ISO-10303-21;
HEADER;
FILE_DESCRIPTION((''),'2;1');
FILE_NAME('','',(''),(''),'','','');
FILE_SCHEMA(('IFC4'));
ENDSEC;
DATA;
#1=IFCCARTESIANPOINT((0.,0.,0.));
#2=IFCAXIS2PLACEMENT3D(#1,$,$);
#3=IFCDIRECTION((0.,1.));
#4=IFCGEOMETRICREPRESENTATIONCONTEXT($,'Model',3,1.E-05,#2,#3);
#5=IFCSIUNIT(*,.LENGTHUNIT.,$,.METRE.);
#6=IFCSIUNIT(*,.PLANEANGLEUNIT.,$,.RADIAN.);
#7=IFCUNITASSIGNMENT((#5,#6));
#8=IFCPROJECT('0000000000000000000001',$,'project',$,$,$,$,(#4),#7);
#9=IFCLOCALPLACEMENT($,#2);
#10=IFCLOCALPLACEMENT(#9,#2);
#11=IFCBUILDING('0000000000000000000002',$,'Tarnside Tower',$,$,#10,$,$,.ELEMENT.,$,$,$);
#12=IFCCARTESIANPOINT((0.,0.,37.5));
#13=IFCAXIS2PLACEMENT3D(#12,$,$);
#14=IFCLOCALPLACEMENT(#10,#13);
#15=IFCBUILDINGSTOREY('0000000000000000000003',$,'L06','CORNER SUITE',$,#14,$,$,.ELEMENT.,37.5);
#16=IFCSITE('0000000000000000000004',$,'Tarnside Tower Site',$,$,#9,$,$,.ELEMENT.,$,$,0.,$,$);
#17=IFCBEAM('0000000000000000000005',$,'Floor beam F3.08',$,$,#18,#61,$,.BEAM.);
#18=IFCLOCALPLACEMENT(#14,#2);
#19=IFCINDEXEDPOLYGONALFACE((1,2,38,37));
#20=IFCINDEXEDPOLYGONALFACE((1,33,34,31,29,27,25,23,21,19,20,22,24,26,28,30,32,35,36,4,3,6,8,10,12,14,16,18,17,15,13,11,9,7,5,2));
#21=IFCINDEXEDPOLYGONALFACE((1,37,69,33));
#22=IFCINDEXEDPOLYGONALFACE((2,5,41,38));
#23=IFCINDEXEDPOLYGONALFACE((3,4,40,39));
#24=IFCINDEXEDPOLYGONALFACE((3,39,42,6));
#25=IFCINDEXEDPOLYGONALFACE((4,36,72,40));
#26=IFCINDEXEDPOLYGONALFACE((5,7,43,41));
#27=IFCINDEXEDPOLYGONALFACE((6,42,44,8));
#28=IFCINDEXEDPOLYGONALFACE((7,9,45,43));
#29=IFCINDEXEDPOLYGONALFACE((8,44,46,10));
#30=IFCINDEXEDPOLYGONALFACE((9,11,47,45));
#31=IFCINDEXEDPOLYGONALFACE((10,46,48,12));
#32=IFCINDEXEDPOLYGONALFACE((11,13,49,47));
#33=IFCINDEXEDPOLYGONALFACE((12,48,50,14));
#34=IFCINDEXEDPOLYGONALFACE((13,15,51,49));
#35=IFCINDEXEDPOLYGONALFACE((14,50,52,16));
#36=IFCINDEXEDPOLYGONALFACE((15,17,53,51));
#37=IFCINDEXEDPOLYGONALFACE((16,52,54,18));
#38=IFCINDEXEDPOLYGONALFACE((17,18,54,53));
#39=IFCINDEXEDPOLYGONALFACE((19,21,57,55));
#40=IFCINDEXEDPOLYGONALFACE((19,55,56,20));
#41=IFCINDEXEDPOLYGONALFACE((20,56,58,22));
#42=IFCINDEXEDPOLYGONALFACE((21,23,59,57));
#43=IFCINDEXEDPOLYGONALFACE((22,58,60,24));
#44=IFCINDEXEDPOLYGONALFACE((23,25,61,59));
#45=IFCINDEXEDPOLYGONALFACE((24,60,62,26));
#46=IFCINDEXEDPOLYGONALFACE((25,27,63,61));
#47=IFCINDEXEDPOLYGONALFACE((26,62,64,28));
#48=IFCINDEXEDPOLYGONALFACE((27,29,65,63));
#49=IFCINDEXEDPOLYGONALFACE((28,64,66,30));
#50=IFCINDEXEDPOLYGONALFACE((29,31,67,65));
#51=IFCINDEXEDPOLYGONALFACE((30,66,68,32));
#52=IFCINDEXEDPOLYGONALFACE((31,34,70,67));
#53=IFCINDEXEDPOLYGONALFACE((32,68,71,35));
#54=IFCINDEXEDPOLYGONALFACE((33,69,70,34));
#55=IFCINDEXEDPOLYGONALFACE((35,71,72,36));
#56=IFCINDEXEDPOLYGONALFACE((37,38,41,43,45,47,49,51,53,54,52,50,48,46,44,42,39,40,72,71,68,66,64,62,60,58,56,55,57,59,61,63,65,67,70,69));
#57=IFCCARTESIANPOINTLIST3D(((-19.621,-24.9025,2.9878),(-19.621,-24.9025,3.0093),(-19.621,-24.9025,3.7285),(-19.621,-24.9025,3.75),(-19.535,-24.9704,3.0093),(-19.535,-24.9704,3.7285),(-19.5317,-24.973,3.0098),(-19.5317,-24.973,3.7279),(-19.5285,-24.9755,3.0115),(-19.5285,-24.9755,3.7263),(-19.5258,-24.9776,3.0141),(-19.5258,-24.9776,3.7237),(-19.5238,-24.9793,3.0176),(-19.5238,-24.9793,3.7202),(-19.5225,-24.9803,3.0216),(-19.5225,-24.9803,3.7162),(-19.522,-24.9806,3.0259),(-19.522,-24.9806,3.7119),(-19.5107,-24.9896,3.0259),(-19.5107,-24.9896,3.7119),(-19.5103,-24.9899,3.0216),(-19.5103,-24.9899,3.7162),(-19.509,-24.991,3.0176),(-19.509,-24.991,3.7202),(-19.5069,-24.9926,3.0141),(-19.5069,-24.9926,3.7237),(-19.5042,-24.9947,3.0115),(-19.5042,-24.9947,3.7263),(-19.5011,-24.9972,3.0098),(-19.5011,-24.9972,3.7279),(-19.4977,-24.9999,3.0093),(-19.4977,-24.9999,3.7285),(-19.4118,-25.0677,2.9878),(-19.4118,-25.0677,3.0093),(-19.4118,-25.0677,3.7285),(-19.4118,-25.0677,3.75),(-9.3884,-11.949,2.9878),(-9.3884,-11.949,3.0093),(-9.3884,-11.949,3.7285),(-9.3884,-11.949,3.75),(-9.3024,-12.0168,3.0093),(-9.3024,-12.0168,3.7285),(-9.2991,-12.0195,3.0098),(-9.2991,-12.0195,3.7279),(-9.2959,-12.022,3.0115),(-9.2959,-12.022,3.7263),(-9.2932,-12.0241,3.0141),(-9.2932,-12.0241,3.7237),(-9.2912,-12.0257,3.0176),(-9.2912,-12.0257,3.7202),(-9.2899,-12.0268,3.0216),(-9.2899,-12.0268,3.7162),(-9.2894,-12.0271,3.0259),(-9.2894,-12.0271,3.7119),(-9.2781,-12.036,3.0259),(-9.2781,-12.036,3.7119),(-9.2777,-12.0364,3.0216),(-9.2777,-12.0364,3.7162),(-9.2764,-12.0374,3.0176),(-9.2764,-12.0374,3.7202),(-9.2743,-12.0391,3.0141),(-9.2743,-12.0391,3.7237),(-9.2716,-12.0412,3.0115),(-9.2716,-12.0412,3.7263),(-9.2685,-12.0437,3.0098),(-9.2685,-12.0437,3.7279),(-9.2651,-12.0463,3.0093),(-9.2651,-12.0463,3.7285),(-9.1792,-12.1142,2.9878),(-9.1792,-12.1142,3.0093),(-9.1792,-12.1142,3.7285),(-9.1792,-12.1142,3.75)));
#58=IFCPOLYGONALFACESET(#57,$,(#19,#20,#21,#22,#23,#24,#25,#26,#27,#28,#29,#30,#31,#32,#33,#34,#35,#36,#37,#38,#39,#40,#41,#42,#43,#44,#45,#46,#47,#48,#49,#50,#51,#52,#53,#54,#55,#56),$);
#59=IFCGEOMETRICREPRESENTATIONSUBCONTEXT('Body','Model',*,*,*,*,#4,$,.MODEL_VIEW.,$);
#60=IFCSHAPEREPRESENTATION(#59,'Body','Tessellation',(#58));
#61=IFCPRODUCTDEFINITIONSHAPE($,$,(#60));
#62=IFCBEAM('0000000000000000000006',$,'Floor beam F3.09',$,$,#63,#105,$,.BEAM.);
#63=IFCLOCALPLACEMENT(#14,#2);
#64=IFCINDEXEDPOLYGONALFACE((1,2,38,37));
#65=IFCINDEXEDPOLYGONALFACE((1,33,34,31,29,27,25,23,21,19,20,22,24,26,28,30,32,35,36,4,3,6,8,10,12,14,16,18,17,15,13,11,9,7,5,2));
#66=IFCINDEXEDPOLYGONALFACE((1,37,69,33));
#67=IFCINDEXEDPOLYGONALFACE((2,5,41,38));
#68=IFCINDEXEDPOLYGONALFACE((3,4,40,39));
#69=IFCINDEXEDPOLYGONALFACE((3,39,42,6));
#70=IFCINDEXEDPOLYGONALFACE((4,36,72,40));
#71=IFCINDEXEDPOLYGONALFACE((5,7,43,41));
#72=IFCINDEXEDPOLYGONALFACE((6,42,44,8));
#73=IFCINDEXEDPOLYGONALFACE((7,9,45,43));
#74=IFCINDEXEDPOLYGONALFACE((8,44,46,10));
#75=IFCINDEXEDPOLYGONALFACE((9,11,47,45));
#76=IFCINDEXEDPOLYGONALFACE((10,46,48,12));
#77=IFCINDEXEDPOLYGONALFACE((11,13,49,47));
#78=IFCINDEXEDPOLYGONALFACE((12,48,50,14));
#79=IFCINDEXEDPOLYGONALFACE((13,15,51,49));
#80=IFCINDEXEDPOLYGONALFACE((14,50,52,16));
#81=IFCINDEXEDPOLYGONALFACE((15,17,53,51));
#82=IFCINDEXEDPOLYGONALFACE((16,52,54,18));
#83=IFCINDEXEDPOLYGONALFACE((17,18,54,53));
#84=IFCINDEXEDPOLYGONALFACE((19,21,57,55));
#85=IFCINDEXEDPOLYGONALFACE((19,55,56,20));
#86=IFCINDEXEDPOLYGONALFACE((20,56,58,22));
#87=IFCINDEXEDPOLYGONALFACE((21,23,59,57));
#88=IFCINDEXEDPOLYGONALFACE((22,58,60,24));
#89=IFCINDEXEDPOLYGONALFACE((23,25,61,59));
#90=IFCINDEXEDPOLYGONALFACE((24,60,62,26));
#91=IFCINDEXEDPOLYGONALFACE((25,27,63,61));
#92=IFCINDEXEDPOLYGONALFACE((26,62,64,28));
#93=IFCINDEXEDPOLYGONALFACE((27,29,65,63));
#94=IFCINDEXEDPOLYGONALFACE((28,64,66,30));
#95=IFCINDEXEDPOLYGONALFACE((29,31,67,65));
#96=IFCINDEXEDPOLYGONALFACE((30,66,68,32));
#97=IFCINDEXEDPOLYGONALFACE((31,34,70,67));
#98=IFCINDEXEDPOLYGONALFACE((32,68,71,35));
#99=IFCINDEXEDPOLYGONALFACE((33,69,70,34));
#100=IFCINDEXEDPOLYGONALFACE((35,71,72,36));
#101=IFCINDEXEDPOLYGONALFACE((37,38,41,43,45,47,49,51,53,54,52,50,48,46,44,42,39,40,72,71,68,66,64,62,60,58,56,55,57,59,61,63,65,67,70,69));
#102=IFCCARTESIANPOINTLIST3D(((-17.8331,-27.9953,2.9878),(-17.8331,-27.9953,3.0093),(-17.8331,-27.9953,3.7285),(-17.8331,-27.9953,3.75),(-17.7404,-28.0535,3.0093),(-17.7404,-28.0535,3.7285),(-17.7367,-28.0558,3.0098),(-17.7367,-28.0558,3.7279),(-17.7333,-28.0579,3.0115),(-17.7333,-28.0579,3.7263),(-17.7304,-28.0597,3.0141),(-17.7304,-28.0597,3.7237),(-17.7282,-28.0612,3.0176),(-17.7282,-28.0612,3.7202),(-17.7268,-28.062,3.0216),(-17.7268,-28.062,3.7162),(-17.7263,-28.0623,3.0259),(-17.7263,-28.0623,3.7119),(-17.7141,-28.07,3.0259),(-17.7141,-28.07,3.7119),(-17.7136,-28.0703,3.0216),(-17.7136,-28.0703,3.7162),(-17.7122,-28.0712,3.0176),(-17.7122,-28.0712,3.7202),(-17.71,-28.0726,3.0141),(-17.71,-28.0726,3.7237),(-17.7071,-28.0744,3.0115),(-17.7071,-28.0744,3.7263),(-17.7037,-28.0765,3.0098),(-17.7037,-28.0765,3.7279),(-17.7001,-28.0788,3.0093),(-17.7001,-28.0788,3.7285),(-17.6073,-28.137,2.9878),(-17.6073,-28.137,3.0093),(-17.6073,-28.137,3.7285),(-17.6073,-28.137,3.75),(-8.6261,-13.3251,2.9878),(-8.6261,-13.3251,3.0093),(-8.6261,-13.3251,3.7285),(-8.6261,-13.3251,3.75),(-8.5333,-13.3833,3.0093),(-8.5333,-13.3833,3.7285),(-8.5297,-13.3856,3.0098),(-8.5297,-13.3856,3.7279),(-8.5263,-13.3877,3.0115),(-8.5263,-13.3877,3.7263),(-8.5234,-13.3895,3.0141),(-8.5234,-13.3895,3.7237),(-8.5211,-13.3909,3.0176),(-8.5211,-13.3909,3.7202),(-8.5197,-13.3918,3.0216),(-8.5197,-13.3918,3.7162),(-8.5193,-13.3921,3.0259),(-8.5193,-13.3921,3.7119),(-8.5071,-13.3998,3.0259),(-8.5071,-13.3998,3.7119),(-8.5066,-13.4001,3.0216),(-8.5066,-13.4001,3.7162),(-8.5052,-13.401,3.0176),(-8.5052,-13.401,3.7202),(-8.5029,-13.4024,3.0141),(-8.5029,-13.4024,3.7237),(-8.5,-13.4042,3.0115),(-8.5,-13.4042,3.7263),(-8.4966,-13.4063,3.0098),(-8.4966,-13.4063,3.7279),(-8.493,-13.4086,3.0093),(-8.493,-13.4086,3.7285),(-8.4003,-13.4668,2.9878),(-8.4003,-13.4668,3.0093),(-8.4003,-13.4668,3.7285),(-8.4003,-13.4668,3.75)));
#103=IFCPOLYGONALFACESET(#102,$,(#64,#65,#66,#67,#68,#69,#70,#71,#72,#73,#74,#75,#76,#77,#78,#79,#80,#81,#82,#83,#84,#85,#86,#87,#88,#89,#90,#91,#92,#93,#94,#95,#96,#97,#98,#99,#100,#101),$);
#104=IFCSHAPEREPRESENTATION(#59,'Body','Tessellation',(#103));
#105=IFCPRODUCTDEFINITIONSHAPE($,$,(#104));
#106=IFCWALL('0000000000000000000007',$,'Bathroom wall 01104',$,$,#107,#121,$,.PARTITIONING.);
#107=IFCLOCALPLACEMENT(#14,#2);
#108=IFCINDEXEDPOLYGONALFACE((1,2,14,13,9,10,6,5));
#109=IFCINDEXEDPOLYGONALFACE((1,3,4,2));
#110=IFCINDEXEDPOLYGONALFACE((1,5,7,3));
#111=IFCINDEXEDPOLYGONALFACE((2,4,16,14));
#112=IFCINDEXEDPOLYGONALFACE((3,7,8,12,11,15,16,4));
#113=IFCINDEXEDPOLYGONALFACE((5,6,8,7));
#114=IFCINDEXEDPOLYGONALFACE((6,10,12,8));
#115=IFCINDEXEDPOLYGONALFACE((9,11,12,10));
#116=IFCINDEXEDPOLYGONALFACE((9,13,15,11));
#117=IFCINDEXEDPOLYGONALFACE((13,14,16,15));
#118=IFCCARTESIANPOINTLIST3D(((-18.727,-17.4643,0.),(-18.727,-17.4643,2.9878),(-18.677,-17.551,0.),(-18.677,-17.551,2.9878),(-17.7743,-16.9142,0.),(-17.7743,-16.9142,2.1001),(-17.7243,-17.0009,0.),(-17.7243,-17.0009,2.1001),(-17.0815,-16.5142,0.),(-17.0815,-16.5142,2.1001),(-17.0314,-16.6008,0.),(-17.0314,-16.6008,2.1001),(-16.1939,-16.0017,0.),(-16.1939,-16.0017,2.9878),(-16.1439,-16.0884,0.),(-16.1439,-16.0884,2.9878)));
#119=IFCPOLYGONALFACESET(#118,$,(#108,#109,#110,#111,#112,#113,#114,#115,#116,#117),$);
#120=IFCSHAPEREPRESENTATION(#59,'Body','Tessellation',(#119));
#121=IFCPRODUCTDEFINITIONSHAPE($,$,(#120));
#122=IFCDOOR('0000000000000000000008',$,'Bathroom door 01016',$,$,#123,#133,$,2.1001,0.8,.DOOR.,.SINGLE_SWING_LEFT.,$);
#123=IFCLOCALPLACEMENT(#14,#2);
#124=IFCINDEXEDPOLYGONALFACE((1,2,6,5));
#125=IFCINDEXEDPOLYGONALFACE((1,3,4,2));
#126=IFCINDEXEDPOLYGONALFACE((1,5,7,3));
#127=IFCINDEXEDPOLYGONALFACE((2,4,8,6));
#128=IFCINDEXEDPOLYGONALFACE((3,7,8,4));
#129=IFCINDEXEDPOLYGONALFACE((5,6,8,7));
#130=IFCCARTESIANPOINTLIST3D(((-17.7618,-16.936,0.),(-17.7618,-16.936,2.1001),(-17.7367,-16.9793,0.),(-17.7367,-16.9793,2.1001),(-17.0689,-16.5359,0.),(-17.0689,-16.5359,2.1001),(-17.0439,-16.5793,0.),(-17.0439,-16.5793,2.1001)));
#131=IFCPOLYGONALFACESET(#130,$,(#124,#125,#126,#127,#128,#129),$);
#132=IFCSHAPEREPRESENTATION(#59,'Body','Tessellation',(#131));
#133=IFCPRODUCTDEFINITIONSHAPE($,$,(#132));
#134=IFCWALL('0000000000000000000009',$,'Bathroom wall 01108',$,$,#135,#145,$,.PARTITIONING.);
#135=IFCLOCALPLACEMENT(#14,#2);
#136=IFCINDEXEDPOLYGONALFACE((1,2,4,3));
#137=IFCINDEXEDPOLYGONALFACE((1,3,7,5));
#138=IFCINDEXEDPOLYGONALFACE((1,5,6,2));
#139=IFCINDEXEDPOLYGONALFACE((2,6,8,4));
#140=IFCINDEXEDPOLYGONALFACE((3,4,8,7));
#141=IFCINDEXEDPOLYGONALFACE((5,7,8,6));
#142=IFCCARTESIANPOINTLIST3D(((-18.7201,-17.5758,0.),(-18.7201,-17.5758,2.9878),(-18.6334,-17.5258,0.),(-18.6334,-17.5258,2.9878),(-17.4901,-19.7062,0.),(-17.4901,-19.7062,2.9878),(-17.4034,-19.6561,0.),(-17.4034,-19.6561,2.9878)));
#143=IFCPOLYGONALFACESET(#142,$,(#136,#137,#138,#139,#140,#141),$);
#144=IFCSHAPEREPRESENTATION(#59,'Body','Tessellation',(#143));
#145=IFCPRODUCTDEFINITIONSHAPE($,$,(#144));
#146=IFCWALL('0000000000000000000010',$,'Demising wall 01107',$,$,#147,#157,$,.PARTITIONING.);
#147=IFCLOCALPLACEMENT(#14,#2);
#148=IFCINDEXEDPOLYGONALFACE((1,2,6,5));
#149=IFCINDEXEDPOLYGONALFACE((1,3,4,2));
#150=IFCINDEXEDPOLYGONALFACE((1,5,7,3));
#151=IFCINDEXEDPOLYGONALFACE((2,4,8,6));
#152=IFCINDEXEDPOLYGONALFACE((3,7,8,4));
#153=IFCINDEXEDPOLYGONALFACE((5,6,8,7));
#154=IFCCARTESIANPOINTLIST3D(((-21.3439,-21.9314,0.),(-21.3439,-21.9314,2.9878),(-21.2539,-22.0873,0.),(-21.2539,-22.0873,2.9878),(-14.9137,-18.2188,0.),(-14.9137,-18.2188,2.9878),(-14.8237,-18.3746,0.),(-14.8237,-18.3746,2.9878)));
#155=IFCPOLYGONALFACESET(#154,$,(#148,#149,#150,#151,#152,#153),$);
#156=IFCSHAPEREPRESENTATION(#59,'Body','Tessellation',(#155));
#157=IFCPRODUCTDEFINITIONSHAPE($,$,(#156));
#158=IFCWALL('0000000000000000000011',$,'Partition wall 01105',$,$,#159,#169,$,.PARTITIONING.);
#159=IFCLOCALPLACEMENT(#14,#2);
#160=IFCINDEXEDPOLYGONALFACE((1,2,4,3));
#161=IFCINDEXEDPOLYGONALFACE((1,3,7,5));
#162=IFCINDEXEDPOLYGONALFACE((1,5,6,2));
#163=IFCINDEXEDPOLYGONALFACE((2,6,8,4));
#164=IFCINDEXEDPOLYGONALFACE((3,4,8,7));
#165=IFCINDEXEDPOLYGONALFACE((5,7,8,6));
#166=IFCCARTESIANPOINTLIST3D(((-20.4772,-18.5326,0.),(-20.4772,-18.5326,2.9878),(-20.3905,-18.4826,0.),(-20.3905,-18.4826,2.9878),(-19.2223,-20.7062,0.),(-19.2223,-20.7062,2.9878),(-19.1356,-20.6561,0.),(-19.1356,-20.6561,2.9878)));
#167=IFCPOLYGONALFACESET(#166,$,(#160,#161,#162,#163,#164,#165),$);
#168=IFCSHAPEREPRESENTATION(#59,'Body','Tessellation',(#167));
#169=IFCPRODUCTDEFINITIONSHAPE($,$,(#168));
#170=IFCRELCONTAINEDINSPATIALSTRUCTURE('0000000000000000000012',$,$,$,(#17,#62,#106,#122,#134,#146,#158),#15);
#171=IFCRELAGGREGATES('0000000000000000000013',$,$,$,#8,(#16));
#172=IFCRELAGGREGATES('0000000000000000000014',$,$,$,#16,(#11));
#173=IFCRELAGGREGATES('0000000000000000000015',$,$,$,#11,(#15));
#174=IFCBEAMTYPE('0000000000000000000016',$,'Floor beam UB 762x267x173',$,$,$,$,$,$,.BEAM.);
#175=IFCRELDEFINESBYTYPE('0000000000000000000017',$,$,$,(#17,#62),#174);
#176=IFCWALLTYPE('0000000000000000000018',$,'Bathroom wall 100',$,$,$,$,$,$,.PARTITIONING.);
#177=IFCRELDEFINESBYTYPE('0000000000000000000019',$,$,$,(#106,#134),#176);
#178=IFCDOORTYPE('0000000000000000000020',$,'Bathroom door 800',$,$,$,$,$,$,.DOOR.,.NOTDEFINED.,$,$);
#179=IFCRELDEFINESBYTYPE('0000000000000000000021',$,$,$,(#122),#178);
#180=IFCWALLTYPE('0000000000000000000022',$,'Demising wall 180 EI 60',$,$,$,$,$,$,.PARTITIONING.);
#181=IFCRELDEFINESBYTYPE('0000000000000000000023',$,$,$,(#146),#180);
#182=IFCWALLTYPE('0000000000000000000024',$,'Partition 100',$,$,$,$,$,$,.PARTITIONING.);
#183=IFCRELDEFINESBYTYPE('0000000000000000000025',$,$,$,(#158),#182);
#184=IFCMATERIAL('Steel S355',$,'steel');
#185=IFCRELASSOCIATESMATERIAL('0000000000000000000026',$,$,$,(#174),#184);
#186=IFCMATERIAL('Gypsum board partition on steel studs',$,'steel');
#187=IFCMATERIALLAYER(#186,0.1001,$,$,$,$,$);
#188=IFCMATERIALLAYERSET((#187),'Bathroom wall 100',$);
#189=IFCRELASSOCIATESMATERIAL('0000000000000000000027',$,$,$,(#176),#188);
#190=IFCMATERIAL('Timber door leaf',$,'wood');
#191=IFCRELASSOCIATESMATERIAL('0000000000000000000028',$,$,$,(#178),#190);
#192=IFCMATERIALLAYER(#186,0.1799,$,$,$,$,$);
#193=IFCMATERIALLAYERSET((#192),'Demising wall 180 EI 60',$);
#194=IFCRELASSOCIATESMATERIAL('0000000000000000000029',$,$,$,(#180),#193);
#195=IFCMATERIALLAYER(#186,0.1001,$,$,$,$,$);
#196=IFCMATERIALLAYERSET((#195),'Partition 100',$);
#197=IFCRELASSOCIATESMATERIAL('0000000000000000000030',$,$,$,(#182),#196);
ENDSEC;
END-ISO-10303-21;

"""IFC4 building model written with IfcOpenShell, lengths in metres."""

from ifc_helpers import new_model, si_unit, direction, frame, frame_2d, origin, origin_2d, place, context, subcontext, project, spatial, rectangle, i_section, extrude, material, layer, layer_set, material_profile, profile_set, type_object, element, fill, save


model = new_model("IFC4")

# Units and contexts
model_context = context("Model", 3, precision=1e-05, world=origin(), true_north=direction((0.0, 1.0)))
body_context = subcontext(model_context, "Body", "Model", "MODEL_VIEW")
ifc_project = project(units=[si_unit("LENGTHUNIT", "METRE"), si_unit("PLANEANGLEUNIT", "RADIAN")], contexts=[model_context])

# Site, building, storey
site_placement = place(None, origin())
site = spatial("IfcSite", under=ifc_project, at=site_placement, Name="Tarnside Tower Site", CompositionType="ELEMENT", RefElevation=0.0)
building_placement = place(site_placement, origin())
building = spatial("IfcBuilding", under=site, at=building_placement, Name="Tarnside Tower", CompositionType="ELEMENT")
storey_placement = place(building_placement, frame((0.0, 0.0, 37.5)))
storey = spatial("IfcBuildingStorey", under=building, at=storey_placement, Name="L06", Description="CORNER SUITE", CompositionType="ELEMENT", Elevation=37.5)

# Beams
ifc_material_1 = material(Name="Steel S355", Category="steel")
ifc_material_profile_1 = material_profile(ifc_material_1, i_section(OverallWidth=0.2666, OverallDepth=0.7622, WebThickness=0.0144, FlangeThickness=0.0215, FilletRadius=0.0166, at=origin_2d()), Name="UB 762x267x173")
ifc_profile_set_1 = profile_set([ifc_material_profile_1], Name="Steel S355")
beam_type_1 = type_object("IfcBeamType", Name="Floor beam UB 762x267x173", PredefinedType="BEAM", material=ifc_profile_set_1)
beam_1_placement = place(storey_placement, frame((-19.5164, -24.9851, 3.3689), z_axis=(0.619873, 0.784702, 0.0), x_axis=(-0.784702, 0.619873, 0.0)))
element("IfcBeam", 1, at=beam_1_placement, inside=storey, type_object=beam_type_1, Name="Floor beam F3.08", PredefinedType="BEAM", context=body_context, shape_type="SweptSolid", body=[
    extrude(i_section(OverallWidth=0.2666, OverallDepth=0.7622, WebThickness=0.0144, FlangeThickness=0.0215, FilletRadius=0.0166, at=origin_2d()), origin(), (0.0, 0.0, 1.0), 16.5076),
])
beam_2_placement = place(storey_placement, frame((-17.7202, -28.0662, 3.3689), z_axis=(0.531583, 0.847006, 0.0), x_axis=(-0.847006, 0.531583, 0.0)))
element("IfcBeam", 2, at=beam_2_placement, inside=storey, type_object=beam_type_1, Name="Floor beam F3.09", PredefinedType="BEAM", context=body_context, shape_type="SweptSolid", body=[
    extrude(i_section(OverallWidth=0.2666, OverallDepth=0.7622, WebThickness=0.0144, FlangeThickness=0.0215, FilletRadius=0.0166, at=origin_2d()), origin(), (0.0, 0.0, 1.0), 17.3201),
])

# Wall, opening, door
ifc_material_2 = material(Name="Gypsum board partition on steel studs", Category="steel")
ifc_layer_1 = layer(ifc_material_2, 0.1001)
ifc_layer_set_1 = layer_set([ifc_layer_1], Name="Bathroom wall 100")
wall_type_1 = type_object("IfcWallType", Name="Bathroom wall 100", PredefinedType="PARTITIONING", material=ifc_layer_set_1)
wall_1_placement = place(storey_placement, frame((-18.7019, -17.5076, 0.0), z_axis=(0.0, 0.0, 1.0), x_axis=(0.86601, 0.500026, 0.0)))
wall_1 = element("IfcWall", 3, at=wall_1_placement, inside=storey, type_object=wall_type_1, Name="Bathroom wall 01104", PredefinedType="PARTITIONING", context=body_context, shape_type="SweptSolid", body=[
    extrude(rectangle(XDim=2.925, YDim=0.1001, at=frame_2d((1.4624, 0.0))), origin(), (0.0, 0.0, 1.0), 2.9878),
])
opening_1_placement = place(wall_1_placement, frame((1.1001, 0.0, 0.0)))
opening_1 = element("IfcOpeningElement", 4, at=opening_1_placement, cuts=wall_1, PredefinedType="OPENING", context=body_context, shape_type="SweptSolid", body=[
    extrude(rectangle(XDim=0.8, YDim=2.1001, at=frame_2d((0.3999, 1.05))), frame((0.0, 0.0601, 0.0), z_axis=(0.0, -1.0, 0.0), x_axis=(1.0, 0.0, 0.0)), (0.0, 0.0, 1.0), 0.1201),
])
ifc_material_3 = material(Name="Timber door leaf", Category="wood")
door_type_1 = type_object("IfcDoorType", Name="Bathroom door 800", OperationType="NOTDEFINED", PredefinedType="DOOR", material=ifc_material_3)
door_1_placement = place(opening_1_placement, origin())
door_1 = element("IfcDoor", 5, at=door_1_placement, inside=storey, type_object=door_type_1, Name="Bathroom door 01016", OperationType="SINGLE_SWING_LEFT", OverallHeight=2.1001, OverallWidth=0.8, PredefinedType="DOOR", context=body_context, shape_type="SweptSolid", body=[
    extrude(rectangle(XDim=0.8, YDim=2.1001, at=frame_2d((0.3999, 1.05))), frame((0.0, 0.0249, 0.0), z_axis=(0.0, -1.0, 0.0), x_axis=(1.0, 0.0, 0.0)), (0.0, 0.0, 1.0), 0.05),
])
fill(opening_1, door_1)

# Walls
wall_2_placement = place(storey_placement, frame((-18.6768, -17.5508, 0.0), z_axis=(0.0, 0.0, 1.0), x_axis=(0.500003, -0.866024, 0.0)))
element("IfcWall", 6, at=wall_2_placement, inside=storey, type_object=wall_type_1, Name="Bathroom wall 01108", PredefinedType="PARTITIONING", context=body_context, shape_type="SweptSolid", body=[
    extrude(rectangle(XDim=2.46, YDim=0.1001, at=frame_2d((1.23, 0.0))), origin(), (0.0, 0.0, 1.0), 2.9878),
])
ifc_layer_2 = layer(ifc_material_2, 0.1799)
ifc_layer_set_2 = layer_set([ifc_layer_2], Name="Demising wall 180 EI 60")
wall_type_2 = type_object("IfcWallType", Name="Demising wall 180 EI 60", PredefinedType="PARTITIONING", material=ifc_layer_set_2)
wall_3_placement = place(storey_placement, frame((-21.2988, -22.0093, 0.0), z_axis=(0.0, 0.0, 1.0), x_axis=(0.866015, 0.500018, 0.0)))
element("IfcWall", 7, at=wall_3_placement, inside=storey, type_object=wall_type_2, Name="Demising wall 01107", PredefinedType="PARTITIONING", context=body_context, shape_type="SweptSolid", body=[
    extrude(rectangle(XDim=7.425, YDim=0.1799, at=frame_2d((3.7124, 0.0))), origin(), (0.0, 0.0, 1.0), 2.9878),
])
ifc_layer_3 = layer(ifc_material_2, 0.1001)
ifc_layer_set_3 = layer_set([ifc_layer_3], Name="Partition 100")
wall_type_3 = type_object("IfcWallType", Name="Partition 100", PredefinedType="PARTITIONING", material=ifc_layer_set_3)
wall_4_placement = place(storey_placement, frame((-19.179, -20.6812, 0.0), z_axis=(0.0, 0.0, 1.0), x_axis=(-0.499989, 0.866032, 0.0)))
element("IfcWall", 8, at=wall_4_placement, inside=storey, type_object=wall_type_3, Name="Partition wall 01105", PredefinedType="PARTITIONING", context=body_context, shape_type="SweptSolid", body=[
    extrude(rectangle(XDim=2.5098, YDim=0.1001, at=frame_2d((1.2549, 0.0))), origin(), (0.0, 0.0, 1.0), 2.9878),
])

save(model, "model.ifc")
